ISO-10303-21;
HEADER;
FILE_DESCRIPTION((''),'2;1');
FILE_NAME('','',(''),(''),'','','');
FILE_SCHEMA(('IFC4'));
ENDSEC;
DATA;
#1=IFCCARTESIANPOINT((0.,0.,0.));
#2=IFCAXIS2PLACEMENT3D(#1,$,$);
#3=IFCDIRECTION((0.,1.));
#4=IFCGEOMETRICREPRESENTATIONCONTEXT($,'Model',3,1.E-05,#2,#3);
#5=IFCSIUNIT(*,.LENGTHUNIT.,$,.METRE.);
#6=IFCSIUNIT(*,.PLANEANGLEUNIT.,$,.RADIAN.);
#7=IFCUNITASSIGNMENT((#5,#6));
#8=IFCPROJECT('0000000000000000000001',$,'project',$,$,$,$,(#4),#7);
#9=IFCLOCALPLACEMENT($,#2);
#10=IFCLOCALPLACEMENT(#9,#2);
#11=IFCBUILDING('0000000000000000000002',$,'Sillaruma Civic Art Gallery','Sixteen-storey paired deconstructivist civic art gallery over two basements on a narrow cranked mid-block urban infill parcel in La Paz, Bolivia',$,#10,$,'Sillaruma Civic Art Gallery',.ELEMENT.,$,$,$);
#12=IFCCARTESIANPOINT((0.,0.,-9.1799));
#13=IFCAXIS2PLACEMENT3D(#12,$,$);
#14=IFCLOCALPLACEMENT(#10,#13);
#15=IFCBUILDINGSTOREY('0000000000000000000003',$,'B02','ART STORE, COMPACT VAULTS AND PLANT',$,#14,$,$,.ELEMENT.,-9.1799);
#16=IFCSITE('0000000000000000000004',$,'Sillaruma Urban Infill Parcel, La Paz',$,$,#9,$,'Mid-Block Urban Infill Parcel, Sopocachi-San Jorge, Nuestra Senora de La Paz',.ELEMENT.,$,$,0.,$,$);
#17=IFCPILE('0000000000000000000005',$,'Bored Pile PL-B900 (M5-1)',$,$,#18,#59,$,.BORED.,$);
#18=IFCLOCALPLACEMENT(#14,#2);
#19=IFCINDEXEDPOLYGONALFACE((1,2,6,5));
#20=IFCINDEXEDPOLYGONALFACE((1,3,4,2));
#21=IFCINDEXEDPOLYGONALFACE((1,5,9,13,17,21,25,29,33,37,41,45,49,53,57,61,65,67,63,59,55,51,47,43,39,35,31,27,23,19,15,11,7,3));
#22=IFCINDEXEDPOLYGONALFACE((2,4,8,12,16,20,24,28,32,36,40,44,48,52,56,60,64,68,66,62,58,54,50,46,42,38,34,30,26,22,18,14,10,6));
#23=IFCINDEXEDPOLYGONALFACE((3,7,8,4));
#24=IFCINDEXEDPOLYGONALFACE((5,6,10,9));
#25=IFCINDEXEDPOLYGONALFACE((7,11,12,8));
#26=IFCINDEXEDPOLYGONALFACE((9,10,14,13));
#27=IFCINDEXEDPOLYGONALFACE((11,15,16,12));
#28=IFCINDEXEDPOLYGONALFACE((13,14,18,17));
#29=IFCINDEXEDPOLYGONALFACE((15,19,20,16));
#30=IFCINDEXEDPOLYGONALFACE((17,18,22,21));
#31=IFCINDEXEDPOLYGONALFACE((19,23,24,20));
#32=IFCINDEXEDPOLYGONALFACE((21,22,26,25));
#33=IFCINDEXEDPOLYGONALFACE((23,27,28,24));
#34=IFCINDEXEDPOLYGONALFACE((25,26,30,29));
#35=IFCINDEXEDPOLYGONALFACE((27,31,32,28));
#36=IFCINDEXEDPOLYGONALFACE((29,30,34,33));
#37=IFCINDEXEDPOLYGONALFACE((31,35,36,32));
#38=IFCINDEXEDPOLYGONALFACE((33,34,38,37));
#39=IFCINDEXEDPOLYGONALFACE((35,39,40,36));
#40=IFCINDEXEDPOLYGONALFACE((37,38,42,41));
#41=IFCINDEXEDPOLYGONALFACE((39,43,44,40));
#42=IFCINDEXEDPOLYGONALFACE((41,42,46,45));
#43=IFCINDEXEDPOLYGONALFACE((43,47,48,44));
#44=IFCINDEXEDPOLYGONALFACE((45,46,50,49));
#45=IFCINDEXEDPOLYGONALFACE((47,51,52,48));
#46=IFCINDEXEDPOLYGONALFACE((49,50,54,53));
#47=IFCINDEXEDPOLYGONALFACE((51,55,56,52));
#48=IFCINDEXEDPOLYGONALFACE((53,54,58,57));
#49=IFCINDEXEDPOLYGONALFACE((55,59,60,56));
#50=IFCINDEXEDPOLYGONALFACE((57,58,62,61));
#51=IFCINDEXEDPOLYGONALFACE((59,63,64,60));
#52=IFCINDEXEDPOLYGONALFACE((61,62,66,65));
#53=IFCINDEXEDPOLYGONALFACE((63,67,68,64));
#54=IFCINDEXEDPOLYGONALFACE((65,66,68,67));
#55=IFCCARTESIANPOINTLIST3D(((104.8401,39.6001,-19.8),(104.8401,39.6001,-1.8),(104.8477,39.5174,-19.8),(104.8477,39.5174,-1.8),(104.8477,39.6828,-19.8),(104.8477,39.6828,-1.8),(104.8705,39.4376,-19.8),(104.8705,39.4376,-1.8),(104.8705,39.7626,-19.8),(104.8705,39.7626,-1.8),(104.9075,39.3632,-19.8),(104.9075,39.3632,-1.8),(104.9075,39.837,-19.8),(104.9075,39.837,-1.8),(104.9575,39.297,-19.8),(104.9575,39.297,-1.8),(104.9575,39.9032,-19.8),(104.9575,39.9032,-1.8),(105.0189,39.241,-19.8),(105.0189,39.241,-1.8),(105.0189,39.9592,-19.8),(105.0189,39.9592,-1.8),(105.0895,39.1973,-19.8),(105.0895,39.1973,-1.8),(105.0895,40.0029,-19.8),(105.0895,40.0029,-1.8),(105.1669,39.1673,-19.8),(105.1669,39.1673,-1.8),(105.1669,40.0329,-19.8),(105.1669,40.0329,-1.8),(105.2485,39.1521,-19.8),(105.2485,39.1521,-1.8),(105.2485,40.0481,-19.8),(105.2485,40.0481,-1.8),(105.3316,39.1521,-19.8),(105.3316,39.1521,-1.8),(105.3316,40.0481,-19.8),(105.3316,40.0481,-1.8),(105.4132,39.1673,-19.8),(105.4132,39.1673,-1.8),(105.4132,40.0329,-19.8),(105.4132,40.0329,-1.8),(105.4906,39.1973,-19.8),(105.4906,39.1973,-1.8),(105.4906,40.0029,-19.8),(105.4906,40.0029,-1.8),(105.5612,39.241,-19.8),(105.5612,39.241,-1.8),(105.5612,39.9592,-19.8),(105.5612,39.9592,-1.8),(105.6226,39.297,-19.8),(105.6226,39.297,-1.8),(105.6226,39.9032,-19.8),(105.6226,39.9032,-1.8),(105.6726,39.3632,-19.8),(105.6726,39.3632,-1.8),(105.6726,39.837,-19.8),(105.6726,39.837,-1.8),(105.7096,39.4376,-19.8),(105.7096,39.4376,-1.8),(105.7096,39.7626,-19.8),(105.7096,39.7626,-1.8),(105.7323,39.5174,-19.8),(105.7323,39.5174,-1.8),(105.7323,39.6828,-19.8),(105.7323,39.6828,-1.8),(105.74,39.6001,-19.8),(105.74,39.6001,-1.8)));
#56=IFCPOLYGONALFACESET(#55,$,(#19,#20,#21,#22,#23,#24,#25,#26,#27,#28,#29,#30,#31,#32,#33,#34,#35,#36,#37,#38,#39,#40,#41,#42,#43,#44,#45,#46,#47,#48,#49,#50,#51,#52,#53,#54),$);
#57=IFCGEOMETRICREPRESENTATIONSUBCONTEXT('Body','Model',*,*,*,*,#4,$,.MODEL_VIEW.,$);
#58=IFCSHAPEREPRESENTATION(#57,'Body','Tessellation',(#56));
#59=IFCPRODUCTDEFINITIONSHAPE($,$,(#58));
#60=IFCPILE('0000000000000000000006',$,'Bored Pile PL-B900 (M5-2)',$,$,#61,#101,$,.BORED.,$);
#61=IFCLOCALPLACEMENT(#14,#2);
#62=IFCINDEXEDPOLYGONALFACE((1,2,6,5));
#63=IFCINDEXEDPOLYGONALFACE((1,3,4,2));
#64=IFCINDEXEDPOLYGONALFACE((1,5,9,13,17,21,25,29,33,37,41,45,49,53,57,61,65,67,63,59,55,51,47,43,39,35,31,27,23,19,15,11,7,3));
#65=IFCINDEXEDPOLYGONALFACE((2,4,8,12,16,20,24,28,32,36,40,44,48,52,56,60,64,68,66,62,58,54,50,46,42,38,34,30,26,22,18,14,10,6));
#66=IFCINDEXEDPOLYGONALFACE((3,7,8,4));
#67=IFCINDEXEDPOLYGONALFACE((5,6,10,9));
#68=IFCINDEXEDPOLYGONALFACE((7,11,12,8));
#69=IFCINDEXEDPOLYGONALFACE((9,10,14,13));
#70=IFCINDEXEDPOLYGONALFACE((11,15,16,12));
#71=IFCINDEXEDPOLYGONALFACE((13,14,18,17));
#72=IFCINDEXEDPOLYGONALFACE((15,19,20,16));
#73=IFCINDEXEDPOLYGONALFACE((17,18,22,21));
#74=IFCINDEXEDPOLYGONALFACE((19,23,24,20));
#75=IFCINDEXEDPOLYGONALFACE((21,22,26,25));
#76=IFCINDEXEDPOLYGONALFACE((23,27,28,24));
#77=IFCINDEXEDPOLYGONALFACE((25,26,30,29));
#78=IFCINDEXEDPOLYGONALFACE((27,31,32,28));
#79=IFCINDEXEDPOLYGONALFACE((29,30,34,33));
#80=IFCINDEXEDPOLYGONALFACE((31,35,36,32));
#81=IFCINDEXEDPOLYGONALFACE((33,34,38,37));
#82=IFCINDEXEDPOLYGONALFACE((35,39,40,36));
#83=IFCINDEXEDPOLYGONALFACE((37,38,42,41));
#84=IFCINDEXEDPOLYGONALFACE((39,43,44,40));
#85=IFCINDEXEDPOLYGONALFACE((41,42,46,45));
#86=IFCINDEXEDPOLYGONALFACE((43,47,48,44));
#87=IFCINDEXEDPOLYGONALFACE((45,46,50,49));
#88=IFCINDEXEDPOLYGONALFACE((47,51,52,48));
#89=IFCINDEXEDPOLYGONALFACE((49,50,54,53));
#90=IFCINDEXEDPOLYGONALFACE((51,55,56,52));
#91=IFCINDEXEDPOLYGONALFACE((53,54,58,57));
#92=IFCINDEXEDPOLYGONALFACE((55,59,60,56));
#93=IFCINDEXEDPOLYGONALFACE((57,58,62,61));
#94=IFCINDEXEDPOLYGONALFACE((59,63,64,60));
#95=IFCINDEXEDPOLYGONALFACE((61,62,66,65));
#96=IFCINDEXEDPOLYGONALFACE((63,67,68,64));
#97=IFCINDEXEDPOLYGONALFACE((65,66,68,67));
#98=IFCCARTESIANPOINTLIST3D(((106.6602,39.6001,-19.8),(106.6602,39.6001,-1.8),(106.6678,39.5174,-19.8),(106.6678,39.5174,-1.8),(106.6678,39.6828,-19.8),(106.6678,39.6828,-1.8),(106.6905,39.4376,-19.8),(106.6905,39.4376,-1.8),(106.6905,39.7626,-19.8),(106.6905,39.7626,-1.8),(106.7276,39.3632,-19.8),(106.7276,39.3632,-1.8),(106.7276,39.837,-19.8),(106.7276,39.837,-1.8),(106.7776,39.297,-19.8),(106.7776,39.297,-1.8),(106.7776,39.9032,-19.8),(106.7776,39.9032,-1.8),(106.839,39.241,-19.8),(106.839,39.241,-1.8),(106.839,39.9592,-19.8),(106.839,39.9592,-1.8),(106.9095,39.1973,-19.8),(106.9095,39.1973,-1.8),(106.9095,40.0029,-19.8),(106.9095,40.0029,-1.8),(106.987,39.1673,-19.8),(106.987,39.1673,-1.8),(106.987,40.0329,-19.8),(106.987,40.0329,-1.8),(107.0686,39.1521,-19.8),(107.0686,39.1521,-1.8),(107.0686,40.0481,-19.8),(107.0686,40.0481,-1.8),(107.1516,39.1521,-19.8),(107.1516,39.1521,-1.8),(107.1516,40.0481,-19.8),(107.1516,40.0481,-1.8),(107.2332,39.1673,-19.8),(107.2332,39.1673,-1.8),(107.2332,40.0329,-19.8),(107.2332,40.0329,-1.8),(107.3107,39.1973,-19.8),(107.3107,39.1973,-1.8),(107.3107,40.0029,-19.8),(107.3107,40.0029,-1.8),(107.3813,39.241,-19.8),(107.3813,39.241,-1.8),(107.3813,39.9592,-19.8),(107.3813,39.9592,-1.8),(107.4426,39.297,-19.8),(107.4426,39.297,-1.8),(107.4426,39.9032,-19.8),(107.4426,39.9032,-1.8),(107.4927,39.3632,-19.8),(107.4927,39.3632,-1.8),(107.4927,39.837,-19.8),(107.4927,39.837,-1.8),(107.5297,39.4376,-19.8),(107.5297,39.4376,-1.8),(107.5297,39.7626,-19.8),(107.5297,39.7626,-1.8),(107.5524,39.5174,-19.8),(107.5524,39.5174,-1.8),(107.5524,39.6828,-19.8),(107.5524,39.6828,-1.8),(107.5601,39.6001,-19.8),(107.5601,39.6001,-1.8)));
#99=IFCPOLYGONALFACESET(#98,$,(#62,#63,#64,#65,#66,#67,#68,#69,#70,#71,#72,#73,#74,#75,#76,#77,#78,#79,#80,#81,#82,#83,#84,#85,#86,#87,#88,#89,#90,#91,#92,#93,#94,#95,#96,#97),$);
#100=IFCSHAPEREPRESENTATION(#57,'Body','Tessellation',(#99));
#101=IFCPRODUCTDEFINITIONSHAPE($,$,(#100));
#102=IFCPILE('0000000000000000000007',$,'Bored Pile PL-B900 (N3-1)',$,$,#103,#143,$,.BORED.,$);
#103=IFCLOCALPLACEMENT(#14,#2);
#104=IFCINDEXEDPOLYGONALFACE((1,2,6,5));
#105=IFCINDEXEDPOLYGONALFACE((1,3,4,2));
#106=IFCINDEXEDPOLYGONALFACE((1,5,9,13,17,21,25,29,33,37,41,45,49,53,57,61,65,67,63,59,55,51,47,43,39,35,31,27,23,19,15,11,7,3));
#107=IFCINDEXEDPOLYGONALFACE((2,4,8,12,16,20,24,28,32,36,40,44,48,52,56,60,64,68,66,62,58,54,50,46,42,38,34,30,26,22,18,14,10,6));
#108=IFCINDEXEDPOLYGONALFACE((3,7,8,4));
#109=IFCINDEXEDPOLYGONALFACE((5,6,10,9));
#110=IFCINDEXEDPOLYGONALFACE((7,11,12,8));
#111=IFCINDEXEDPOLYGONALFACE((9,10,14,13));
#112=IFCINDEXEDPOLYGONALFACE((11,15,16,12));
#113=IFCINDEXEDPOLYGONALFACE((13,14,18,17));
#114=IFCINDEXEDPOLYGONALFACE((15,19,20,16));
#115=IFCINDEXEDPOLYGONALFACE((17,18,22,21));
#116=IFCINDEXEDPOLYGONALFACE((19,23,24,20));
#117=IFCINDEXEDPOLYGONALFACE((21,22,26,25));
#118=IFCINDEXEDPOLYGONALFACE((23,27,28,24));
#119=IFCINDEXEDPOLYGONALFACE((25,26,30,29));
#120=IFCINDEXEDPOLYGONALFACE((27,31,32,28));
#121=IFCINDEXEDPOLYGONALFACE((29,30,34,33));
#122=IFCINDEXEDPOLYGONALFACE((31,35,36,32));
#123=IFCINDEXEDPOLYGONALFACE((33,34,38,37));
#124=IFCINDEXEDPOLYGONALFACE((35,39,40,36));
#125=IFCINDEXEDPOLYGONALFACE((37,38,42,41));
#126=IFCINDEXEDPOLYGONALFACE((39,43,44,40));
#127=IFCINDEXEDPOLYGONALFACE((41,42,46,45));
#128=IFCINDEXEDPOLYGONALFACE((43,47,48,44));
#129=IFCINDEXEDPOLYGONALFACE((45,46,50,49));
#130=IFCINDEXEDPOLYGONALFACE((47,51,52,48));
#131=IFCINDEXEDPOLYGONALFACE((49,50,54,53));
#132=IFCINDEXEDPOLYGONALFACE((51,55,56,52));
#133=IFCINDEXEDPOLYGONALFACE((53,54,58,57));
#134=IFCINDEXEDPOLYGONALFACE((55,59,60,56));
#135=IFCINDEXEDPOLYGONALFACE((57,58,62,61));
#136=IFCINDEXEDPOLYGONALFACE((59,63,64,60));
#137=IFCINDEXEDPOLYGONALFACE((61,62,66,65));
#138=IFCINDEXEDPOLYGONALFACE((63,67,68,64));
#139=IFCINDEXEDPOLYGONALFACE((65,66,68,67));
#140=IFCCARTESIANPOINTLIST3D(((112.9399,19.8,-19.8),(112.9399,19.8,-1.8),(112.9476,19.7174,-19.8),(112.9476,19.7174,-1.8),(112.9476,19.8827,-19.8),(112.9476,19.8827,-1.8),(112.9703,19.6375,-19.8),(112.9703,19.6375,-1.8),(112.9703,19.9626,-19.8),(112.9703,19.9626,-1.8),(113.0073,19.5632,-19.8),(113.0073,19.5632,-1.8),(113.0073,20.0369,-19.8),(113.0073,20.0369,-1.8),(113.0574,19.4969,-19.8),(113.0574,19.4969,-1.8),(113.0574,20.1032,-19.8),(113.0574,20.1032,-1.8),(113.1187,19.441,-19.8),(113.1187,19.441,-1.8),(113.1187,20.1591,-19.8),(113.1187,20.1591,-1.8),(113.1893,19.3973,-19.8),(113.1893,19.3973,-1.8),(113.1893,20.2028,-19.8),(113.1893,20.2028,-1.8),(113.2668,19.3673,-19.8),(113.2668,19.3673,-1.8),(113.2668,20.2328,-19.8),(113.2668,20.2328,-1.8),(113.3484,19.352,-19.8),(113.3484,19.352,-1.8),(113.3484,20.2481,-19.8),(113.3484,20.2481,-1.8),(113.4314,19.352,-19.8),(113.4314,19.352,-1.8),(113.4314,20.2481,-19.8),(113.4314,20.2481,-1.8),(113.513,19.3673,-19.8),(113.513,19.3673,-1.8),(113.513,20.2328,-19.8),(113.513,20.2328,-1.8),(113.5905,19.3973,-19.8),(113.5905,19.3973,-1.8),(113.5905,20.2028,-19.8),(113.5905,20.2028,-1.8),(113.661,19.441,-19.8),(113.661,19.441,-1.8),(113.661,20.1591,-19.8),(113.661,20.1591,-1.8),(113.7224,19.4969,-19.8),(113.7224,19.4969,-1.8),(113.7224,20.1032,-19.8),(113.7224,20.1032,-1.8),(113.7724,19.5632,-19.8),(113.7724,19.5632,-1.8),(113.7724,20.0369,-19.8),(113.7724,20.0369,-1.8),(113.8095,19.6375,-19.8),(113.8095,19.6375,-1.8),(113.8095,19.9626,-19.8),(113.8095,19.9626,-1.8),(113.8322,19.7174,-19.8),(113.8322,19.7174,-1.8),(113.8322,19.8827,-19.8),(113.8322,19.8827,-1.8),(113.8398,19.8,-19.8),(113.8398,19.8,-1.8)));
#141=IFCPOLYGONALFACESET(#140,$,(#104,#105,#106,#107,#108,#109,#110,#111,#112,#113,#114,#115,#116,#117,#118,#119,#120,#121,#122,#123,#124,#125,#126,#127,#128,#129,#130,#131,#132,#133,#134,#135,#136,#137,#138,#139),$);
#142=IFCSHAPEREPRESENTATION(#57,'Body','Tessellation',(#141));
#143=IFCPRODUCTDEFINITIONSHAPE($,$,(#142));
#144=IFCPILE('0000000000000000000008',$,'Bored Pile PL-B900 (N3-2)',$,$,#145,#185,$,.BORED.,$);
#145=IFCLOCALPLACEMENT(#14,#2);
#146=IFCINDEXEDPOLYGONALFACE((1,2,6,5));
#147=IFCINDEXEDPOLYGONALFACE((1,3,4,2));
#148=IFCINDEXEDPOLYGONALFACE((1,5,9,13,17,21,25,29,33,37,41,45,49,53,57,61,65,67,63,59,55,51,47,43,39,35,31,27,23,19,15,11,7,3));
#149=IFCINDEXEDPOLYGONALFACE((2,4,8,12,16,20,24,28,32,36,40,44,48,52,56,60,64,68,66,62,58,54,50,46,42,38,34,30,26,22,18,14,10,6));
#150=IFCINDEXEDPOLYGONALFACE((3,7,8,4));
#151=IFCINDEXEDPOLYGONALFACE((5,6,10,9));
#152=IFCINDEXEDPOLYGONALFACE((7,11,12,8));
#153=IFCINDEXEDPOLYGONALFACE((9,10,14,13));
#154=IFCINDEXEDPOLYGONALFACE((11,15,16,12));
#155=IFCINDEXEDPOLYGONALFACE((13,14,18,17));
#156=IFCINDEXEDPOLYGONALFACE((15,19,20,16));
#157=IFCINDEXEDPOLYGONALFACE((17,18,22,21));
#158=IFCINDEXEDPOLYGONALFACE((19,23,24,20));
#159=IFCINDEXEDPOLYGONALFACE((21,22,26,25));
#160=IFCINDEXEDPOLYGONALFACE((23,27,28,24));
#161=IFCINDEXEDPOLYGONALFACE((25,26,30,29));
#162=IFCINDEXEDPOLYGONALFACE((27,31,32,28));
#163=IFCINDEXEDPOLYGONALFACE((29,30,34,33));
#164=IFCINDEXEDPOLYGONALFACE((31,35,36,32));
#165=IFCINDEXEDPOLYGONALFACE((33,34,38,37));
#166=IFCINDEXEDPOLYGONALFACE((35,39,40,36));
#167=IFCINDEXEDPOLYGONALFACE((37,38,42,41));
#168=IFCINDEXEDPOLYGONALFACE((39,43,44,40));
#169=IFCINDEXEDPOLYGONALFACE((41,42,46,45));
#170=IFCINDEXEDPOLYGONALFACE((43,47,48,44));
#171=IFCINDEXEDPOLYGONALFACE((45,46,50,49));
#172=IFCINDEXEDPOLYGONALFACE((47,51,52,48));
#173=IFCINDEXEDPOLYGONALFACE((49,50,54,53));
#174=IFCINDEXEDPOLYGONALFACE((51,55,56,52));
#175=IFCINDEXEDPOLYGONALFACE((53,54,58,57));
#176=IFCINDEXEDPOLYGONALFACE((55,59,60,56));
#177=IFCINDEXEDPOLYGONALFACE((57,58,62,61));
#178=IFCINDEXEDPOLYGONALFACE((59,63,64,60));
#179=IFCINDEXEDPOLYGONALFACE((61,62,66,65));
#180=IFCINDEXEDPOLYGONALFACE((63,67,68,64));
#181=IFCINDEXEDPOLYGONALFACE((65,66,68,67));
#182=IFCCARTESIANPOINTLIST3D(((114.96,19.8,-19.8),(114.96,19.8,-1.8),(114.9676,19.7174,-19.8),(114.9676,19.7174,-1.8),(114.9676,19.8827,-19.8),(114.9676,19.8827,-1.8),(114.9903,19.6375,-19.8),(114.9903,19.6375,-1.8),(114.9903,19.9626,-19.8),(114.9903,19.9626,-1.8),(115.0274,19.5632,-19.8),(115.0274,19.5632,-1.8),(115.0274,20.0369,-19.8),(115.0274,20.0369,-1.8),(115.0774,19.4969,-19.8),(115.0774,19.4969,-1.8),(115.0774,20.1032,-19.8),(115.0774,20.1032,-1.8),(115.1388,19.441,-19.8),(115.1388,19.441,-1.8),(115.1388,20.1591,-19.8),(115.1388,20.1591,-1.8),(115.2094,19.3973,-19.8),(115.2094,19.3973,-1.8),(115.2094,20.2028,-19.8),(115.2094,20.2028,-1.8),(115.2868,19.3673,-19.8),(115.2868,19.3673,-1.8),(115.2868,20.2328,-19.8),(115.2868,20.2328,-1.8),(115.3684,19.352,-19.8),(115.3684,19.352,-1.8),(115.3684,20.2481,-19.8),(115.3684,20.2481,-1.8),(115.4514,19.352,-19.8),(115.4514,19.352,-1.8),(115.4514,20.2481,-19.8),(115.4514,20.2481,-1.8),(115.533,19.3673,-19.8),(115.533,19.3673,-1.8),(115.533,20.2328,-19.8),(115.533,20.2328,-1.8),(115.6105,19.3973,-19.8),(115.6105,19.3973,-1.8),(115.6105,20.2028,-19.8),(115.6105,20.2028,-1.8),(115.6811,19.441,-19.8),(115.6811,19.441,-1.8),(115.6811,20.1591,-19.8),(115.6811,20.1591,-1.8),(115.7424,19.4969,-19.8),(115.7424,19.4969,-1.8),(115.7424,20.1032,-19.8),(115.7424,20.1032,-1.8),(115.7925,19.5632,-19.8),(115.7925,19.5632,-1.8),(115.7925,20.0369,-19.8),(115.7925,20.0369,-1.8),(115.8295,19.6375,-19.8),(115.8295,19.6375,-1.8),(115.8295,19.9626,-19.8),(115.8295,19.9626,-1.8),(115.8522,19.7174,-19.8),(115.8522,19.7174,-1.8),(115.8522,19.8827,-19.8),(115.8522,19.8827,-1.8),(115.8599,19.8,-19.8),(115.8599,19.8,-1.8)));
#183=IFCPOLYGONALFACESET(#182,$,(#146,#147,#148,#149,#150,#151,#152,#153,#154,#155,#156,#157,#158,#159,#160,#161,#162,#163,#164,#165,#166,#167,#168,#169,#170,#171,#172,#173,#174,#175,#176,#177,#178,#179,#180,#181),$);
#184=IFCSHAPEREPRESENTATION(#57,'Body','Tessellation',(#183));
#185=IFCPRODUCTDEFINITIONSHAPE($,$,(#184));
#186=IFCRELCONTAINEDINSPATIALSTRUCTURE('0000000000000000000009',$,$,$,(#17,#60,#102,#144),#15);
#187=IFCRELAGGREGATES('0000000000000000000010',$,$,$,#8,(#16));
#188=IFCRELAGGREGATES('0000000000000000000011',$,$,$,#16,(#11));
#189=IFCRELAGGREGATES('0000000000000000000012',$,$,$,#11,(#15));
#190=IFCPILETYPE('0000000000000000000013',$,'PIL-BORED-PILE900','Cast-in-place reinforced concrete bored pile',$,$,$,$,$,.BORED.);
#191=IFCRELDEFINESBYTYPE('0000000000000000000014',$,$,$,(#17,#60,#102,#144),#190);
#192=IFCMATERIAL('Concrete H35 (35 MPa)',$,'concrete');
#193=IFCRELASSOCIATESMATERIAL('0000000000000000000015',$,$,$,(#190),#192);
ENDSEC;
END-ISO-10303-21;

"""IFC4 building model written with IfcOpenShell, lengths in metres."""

from ifc_helpers import new_model, si_unit, direction, frame, origin, origin_2d, place, context, subcontext, project, spatial, circle, extrude, material, material_profile, profile_set, type_object, element, save


model = new_model("IFC4")

# Units and contexts
model_context = context("Model", 3, precision=1e-05, world=origin(), true_north=direction((0.0, 1.0)))
body_context = subcontext(model_context, "Body", "Model", "MODEL_VIEW")
ifc_project = project(units=[si_unit("LENGTHUNIT", "METRE"), si_unit("PLANEANGLEUNIT", "RADIAN")], contexts=[model_context])

# Site, building, storey
site_placement = place(None, origin())
site = spatial("IfcSite", under=ifc_project, at=site_placement, Name="Sillaruma Urban Infill Parcel, La Paz", LongName="Mid-Block Urban Infill Parcel, Sopocachi-San Jorge, Nuestra Senora de La Paz", CompositionType="ELEMENT", RefElevation=0.0)
building_placement = place(site_placement, origin())
building = spatial("IfcBuilding", under=site, at=building_placement, Name="Sillaruma Civic Art Gallery", Description="Sixteen-storey paired deconstructivist civic art gallery over two basements on a narrow cranked mid-block urban infill parcel in La Paz, Bolivia", LongName="Sillaruma Civic Art Gallery", CompositionType="ELEMENT")
storey_placement = place(building_placement, frame((0.0, 0.0, -9.1799)))
storey = spatial("IfcBuildingStorey", under=building, at=storey_placement, Name="B02", Description="ART STORE, COMPACT VAULTS AND PLANT", CompositionType="ELEMENT", Elevation=-9.1799)

# Shared definitions
ifc_material_1 = material(Name="Concrete H35 (35 MPa)", Category="concrete")

# Piles
ifc_material_profile_1 = material_profile(ifc_material_1, circle(Radius=0.45, at=origin_2d()), Name="PILE900")
ifc_profile_set_1 = profile_set([ifc_material_profile_1], Name="Concrete H35 (35 MPa)")
pile_type_1 = type_object("IfcPileType", Name="PIL-BORED-PILE900", Description="Cast-in-place reinforced concrete bored pile", PredefinedType="BORED", material=ifc_profile_set_1)
for number, where, z_axis, x_axis, name in (
    (1, (105.29, 39.6001, -1.8), (0.0, 0.0, -1.0), (1.0, 0.0, 0.0), "Bored Pile PL-B900 (M5-1)"),
    (2, (107.1101, 39.6001, -1.8), (0.0, 0.0, -1.0), (1.0, 0.0, 0.0), "Bored Pile PL-B900 (M5-2)"),
    (3, (113.3899, 19.8, -1.8), (0.0, 0.0, -1.0), (1.0, 0.0, 0.0), "Bored Pile PL-B900 (N3-1)"),
    (4, (115.4099, 19.8, -1.8), (0.0, 0.0, -1.0), (1.0, 0.0, 0.0), "Bored Pile PL-B900 (N3-2)"),
):
    element("IfcPile", number, at=place(storey_placement, frame(where, z_axis=z_axis, x_axis=x_axis)), inside=storey, type_object=pile_type_1, Name=name, PredefinedType="BORED", context=body_context, shape_type="SweptSolid", body=[
        extrude(circle(Radius=0.45, at=origin_2d()), origin(), (0.0, 0.0, 1.0), 18.0),
    ])

save(model, "model.ifc")
